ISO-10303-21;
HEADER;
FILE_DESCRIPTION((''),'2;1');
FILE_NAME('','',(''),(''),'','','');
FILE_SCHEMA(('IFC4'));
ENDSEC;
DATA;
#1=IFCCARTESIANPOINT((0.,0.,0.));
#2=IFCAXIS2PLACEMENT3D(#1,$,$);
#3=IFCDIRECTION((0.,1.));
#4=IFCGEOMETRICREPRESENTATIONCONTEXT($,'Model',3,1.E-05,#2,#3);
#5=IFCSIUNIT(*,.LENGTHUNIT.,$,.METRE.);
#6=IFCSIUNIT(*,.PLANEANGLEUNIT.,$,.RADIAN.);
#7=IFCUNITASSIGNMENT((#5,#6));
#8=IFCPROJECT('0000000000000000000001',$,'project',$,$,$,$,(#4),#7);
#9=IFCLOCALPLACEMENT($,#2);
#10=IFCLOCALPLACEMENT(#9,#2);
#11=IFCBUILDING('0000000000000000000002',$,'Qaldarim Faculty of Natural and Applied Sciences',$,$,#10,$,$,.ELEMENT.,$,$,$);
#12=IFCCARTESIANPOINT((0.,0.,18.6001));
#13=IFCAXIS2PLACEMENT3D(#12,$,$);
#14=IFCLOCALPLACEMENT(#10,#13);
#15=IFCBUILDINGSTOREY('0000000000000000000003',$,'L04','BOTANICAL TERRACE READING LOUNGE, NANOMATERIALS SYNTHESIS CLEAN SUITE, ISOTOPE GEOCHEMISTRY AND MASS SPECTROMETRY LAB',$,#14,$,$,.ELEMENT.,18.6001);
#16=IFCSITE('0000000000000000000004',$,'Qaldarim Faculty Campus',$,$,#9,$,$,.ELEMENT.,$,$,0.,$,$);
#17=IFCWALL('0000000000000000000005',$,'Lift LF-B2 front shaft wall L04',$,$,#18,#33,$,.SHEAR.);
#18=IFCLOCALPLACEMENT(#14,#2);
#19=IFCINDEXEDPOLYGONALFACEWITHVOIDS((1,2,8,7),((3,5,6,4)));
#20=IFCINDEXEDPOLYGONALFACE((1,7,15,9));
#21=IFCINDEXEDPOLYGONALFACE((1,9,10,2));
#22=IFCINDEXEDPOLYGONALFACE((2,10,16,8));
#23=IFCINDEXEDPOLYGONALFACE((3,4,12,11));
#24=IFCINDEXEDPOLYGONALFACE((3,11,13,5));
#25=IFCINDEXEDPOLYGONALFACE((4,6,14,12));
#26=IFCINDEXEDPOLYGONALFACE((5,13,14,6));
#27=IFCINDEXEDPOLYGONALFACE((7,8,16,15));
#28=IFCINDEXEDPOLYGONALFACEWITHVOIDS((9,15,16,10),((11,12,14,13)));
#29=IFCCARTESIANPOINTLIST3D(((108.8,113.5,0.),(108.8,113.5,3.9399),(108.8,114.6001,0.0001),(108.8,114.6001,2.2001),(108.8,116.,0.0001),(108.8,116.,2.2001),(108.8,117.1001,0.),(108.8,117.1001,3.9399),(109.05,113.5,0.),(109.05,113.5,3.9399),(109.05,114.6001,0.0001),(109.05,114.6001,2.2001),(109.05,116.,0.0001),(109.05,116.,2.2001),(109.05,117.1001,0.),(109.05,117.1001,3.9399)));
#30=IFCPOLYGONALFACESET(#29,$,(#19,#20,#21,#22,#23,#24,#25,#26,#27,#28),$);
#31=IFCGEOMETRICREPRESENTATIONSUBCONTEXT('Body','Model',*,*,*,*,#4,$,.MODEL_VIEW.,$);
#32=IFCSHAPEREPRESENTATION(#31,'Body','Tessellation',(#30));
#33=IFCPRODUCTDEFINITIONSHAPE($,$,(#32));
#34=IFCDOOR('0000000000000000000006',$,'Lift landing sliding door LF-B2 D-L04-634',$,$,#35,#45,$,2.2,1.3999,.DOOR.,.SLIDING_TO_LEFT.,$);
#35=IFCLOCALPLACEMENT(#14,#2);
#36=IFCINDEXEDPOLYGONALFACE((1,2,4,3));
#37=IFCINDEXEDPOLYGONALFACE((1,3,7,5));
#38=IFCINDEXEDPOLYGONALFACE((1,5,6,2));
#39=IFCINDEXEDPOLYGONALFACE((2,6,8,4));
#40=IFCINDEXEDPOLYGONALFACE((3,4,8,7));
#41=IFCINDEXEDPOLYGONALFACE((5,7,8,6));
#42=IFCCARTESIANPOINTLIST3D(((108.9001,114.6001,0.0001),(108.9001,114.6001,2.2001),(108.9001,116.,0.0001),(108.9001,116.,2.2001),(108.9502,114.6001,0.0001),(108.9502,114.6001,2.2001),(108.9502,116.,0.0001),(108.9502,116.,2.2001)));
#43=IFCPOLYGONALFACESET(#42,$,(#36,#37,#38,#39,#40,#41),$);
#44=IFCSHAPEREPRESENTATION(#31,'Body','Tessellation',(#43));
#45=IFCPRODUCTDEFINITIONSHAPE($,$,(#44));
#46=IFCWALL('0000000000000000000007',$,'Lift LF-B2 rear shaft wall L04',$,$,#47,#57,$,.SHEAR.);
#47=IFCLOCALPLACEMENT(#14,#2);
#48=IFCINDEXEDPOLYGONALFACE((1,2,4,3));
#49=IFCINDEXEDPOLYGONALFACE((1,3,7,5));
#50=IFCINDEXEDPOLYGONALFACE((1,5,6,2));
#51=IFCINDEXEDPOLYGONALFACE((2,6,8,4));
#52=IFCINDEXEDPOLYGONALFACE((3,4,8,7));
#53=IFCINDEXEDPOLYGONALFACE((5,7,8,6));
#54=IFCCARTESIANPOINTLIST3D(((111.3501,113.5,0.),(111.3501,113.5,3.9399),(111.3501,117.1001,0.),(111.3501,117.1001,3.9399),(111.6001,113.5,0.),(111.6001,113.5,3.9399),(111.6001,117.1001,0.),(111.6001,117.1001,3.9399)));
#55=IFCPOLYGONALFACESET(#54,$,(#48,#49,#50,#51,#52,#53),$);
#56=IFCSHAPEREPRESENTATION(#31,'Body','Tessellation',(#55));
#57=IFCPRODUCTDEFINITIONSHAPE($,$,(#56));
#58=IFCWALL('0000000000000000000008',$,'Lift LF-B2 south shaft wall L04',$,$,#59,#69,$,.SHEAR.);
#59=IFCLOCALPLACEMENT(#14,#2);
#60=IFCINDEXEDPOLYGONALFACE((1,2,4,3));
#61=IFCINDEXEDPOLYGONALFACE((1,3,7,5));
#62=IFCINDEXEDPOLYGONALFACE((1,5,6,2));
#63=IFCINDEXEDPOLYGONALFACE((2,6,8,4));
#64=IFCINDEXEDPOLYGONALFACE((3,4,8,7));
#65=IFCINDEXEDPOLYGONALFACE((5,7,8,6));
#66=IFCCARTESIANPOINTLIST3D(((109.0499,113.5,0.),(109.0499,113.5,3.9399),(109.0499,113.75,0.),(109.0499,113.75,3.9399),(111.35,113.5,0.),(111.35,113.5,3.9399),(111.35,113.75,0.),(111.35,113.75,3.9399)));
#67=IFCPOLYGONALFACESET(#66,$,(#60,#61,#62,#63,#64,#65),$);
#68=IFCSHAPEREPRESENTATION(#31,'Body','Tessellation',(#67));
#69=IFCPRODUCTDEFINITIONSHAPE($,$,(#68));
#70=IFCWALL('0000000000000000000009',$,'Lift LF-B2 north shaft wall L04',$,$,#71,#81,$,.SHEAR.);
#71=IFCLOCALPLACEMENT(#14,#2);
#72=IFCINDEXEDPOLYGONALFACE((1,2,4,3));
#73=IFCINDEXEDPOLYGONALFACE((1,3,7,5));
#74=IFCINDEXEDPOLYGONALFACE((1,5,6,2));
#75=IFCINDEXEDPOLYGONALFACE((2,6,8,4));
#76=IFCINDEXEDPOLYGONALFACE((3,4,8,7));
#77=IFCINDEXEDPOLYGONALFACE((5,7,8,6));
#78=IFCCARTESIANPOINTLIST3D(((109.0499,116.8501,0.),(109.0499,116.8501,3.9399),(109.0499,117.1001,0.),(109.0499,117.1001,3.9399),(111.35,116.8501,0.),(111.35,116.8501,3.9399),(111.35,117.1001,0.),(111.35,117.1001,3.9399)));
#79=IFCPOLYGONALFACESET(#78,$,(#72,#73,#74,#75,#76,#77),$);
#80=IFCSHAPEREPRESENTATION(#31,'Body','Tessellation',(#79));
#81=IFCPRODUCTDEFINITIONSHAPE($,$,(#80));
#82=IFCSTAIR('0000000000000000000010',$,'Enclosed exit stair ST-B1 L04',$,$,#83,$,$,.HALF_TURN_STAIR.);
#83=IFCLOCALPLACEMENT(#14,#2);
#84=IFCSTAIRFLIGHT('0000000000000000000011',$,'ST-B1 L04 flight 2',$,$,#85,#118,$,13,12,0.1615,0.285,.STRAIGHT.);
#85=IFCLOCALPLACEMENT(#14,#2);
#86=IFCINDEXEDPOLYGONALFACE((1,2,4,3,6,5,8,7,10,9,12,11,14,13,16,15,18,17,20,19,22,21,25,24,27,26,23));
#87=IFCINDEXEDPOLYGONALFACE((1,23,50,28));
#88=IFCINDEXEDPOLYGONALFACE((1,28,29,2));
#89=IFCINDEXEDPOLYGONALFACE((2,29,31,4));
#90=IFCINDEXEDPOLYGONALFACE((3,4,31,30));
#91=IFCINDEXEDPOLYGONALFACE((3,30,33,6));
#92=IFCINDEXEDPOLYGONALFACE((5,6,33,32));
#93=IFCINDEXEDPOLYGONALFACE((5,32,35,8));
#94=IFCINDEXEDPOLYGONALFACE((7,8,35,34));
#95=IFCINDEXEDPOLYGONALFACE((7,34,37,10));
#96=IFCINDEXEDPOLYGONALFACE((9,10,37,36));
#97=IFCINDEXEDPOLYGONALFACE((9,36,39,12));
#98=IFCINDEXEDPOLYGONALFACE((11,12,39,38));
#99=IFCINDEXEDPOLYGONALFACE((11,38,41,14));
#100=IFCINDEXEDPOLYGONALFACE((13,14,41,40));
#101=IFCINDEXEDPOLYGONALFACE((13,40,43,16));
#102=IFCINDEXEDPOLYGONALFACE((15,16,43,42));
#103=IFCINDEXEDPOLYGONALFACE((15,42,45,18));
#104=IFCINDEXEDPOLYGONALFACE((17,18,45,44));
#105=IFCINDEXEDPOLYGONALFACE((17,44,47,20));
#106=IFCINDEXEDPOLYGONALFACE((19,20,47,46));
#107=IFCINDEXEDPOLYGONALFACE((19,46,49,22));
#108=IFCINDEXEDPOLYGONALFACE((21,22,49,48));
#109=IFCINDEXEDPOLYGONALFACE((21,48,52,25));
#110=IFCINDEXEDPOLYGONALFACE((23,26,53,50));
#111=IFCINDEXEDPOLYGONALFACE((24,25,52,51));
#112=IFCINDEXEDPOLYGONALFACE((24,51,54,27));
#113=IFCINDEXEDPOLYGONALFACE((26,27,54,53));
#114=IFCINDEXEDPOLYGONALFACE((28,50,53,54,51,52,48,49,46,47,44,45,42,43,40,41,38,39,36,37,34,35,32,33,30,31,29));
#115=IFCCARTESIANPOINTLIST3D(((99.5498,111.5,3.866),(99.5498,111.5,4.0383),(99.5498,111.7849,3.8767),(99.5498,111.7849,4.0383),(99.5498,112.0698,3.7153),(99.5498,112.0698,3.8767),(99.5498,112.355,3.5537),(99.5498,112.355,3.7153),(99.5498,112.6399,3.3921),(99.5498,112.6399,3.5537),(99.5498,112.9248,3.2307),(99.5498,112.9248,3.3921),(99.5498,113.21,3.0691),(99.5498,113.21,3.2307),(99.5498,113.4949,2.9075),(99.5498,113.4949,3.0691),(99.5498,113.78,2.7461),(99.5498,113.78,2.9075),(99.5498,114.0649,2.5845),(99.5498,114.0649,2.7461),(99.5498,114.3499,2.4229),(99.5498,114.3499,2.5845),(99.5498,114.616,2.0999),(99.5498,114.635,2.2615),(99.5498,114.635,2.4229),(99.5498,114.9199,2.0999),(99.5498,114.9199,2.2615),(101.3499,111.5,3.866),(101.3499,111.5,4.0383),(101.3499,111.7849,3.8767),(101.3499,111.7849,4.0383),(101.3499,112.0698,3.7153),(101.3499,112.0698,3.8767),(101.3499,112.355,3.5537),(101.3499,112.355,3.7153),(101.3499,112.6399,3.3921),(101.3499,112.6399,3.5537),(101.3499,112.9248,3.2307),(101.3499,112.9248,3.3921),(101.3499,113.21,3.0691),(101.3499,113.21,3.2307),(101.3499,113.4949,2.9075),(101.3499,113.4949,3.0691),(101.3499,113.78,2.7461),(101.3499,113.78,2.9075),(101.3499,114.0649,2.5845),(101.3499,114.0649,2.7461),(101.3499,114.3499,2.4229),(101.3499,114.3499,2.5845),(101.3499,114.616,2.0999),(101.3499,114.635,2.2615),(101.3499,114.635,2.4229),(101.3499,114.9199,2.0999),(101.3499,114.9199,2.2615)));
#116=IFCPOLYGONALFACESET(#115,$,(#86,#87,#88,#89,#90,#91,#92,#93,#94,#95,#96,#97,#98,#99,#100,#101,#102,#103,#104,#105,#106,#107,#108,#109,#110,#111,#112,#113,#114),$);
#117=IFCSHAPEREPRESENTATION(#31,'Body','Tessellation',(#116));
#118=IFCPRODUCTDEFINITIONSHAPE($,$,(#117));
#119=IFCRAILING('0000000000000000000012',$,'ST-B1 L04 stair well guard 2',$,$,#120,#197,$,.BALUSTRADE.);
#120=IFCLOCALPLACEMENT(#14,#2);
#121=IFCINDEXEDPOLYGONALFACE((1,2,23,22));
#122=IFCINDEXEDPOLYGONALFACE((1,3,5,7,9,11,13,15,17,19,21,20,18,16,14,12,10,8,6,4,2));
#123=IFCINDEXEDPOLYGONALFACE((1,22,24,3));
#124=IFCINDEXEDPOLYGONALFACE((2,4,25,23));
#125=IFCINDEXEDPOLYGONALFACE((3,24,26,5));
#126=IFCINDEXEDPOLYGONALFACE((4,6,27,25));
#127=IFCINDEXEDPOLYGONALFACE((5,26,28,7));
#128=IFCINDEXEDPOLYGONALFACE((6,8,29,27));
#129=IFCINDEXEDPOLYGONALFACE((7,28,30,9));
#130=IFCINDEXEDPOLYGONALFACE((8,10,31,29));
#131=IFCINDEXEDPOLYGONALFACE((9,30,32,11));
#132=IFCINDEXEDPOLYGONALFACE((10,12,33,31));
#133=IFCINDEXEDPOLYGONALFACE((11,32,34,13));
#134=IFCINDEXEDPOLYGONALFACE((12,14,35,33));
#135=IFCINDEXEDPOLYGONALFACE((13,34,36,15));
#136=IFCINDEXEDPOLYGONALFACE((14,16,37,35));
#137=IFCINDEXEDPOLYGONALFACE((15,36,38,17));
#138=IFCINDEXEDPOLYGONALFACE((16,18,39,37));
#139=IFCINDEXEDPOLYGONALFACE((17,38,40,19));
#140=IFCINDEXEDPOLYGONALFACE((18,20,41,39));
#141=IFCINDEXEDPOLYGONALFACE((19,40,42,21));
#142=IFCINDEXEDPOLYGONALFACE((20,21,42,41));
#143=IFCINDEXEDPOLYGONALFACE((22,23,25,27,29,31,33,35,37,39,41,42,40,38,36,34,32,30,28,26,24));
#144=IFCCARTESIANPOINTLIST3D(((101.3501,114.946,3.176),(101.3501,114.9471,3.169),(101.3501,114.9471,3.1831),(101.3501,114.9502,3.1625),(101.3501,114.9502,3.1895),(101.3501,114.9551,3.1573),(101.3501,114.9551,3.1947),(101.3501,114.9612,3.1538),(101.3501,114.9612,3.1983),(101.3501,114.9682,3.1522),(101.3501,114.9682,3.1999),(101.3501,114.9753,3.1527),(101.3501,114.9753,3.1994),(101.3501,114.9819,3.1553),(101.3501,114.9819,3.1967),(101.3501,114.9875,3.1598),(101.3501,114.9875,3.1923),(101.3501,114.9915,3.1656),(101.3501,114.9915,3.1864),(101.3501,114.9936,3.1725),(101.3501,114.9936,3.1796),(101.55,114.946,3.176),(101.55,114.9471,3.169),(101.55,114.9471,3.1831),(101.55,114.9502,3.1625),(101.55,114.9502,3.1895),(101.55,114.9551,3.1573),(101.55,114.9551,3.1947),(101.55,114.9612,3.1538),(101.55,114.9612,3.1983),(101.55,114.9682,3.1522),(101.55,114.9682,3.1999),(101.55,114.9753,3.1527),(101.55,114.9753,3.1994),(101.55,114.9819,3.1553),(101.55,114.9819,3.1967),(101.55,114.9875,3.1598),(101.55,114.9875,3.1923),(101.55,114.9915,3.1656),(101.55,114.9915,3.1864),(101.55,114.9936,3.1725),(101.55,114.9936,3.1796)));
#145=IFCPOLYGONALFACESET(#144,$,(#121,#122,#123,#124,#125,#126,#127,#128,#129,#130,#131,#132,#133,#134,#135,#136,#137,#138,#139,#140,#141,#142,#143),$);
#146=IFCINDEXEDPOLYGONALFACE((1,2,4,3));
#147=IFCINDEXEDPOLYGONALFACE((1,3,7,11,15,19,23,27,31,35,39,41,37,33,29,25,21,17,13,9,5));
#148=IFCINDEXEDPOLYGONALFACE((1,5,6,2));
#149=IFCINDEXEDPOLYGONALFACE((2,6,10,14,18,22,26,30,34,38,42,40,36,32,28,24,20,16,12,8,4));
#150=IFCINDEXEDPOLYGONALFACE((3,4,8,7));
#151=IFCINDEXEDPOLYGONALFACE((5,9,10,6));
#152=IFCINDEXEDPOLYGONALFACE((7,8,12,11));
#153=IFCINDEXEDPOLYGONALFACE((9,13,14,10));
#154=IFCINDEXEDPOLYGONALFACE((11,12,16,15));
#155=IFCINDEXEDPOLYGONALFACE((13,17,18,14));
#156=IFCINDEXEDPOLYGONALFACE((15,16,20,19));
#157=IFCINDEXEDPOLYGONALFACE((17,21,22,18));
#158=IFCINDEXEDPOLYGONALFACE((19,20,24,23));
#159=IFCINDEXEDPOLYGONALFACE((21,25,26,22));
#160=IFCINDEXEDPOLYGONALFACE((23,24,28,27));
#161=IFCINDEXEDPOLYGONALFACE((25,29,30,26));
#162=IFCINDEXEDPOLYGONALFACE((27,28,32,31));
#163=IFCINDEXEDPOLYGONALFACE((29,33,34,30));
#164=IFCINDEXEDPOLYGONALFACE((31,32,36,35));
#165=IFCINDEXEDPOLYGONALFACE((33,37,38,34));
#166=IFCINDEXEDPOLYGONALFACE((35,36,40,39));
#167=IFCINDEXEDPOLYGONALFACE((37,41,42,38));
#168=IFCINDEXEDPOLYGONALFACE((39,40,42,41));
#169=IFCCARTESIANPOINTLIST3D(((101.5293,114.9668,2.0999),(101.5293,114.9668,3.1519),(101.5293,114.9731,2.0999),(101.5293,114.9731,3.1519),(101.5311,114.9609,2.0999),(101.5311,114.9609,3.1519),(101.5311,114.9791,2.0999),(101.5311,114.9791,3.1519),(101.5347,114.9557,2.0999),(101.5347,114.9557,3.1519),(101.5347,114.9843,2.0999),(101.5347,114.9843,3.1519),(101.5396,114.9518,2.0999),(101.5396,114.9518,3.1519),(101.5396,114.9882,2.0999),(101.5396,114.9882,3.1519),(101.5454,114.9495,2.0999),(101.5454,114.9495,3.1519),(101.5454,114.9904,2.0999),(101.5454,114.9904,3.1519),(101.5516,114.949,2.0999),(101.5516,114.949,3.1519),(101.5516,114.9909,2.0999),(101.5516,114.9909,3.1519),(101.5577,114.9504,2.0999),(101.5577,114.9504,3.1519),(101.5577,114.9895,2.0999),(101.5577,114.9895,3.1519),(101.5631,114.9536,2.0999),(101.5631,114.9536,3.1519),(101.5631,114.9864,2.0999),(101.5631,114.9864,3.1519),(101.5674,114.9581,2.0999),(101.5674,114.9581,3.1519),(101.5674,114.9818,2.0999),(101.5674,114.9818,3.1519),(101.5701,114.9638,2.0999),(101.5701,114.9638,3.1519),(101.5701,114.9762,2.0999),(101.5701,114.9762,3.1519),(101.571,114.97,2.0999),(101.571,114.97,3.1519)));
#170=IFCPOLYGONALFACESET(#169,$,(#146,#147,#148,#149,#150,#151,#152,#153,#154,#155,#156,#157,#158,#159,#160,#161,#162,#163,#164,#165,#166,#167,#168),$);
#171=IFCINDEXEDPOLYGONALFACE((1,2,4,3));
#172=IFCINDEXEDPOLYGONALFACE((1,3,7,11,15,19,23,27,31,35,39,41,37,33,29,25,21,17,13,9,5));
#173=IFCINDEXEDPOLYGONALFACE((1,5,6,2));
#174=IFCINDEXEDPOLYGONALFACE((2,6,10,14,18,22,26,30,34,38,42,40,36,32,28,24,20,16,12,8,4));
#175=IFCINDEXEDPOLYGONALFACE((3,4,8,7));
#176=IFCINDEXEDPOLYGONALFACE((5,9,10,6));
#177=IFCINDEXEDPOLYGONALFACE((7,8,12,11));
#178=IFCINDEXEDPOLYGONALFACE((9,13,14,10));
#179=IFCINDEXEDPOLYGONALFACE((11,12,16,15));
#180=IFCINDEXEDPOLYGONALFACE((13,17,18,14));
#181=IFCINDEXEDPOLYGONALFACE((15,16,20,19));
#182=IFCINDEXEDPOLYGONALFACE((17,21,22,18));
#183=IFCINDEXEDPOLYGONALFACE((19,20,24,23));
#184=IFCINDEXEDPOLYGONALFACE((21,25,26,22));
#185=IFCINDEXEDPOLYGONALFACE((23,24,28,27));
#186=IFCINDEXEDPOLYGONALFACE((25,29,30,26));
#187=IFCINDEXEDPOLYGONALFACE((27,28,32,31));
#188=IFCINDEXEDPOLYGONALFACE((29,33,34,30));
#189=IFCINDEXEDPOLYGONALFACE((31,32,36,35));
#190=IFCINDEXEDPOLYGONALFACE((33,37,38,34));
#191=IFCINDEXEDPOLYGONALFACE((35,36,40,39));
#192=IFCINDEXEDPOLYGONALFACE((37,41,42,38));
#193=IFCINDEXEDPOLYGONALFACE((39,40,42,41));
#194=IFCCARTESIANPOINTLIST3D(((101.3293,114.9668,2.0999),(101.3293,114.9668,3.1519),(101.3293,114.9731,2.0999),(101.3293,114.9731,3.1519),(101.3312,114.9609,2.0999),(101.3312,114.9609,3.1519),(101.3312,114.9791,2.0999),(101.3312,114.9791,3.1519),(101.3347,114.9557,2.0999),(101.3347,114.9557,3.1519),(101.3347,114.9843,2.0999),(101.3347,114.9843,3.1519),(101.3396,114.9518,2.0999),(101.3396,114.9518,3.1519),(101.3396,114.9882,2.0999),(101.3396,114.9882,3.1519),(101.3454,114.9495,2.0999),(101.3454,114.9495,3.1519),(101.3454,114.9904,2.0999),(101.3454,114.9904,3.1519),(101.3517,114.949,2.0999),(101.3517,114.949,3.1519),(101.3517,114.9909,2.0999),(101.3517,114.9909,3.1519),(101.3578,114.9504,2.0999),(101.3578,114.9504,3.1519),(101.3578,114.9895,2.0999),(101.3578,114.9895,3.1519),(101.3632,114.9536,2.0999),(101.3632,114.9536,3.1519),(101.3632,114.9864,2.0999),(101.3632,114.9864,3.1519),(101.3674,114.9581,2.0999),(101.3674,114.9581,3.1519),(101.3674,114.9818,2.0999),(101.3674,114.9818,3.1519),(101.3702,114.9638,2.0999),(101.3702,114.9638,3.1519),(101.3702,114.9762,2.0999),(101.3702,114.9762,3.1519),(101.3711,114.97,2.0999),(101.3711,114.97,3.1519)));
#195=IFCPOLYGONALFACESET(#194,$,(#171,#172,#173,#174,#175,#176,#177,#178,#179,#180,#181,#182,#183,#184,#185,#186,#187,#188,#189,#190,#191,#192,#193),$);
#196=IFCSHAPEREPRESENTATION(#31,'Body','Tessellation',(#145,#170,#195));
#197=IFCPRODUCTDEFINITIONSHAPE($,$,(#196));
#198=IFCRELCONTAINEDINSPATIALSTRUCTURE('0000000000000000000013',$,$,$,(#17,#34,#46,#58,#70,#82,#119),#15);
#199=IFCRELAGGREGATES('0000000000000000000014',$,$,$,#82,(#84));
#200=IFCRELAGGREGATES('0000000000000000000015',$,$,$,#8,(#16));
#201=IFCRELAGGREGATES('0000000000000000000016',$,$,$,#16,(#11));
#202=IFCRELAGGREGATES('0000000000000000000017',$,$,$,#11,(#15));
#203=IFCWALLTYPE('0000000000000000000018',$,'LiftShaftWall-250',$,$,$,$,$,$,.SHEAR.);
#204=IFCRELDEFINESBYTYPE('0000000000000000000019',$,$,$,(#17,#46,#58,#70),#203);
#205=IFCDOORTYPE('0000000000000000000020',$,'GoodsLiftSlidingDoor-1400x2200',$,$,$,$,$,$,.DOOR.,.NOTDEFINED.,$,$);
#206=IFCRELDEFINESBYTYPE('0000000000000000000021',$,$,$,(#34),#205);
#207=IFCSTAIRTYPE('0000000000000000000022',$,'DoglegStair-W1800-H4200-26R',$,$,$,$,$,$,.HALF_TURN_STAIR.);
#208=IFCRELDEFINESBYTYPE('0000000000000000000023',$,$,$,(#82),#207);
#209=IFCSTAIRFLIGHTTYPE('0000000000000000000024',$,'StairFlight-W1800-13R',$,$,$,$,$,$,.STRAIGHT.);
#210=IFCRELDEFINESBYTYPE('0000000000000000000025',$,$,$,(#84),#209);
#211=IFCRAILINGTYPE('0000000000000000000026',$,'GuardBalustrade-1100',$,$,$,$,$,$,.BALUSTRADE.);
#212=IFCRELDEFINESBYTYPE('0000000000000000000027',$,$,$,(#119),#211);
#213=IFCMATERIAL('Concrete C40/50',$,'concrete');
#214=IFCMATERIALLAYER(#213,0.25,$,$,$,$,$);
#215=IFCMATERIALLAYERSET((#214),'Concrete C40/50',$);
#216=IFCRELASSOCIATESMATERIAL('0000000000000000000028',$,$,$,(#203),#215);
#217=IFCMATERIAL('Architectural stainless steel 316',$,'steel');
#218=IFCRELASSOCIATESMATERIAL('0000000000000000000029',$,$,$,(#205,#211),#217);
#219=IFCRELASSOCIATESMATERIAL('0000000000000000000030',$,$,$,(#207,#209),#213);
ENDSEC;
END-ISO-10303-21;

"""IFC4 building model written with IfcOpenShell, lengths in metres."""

from ifc_helpers import new_model, si_unit, direction, frame, frame_2d, origin, origin_2d, place, context, subcontext, project, spatial, polyline, rectangle, circle, outline, extrude, material, layer, layer_set, type_object, element, fill, aggregate, save


model = new_model("IFC4")

# Units and contexts
model_context = context("Model", 3, precision=1e-05, world=origin(), true_north=direction((0.0, 1.0)))
body_context = subcontext(model_context, "Body", "Model", "MODEL_VIEW")
ifc_project = project(units=[si_unit("LENGTHUNIT", "METRE"), si_unit("PLANEANGLEUNIT", "RADIAN")], contexts=[model_context])

# Site, building, storey
site_placement = place(None, origin())
site = spatial("IfcSite", under=ifc_project, at=site_placement, Name="Qaldarim Faculty Campus", CompositionType="ELEMENT", RefElevation=0.0)
building_placement = place(site_placement, origin())
building = spatial("IfcBuilding", under=site, at=building_placement, Name="Qaldarim Faculty of Natural and Applied Sciences", CompositionType="ELEMENT")
storey_placement = place(building_placement, frame((0.0, 0.0, 18.6001)))
storey = spatial("IfcBuildingStorey", under=building, at=storey_placement, Name="L04", Description="BOTANICAL TERRACE READING LOUNGE, NANOMATERIALS SYNTHESIS CLEAN SUITE, ISOTOPE GEOCHEMISTRY AND MASS SPECTROMETRY LAB", CompositionType="ELEMENT", Elevation=18.6001)

# Wall, opening, door
ifc_material_1 = material(Name="Concrete C40/50", Category="concrete")
ifc_layer_1 = layer(ifc_material_1, 0.25)
ifc_layer_set_1 = layer_set([ifc_layer_1], Name="Concrete C40/50")
wall_type_1 = type_object("IfcWallType", Name="LiftShaftWall-250", PredefinedType="SHEAR", material=ifc_layer_set_1)
wall_1_placement = place(storey_placement, frame((108.925, 113.5, 0.0), z_axis=(0.0, 0.0, 1.0), x_axis=(0.0, 1.0, 0.0)))
wall_1 = element("IfcWall", 1, at=wall_1_placement, inside=storey, type_object=wall_type_1, Name="Lift LF-B2 front shaft wall L04", PredefinedType="SHEAR", context=body_context, shape_type="SweptSolid", body=[
    extrude(rectangle(XDim=3.6001, YDim=0.25, at=frame_2d((1.8, 0.0))), origin(), (0.0, 0.0, 1.0), 3.9399),
])
opening_1_placement = place(wall_1_placement, frame((1.1001, 0.0, 0.0)))
opening_1 = element("IfcOpeningElement", 2, at=opening_1_placement, cuts=wall_1, PredefinedType="OPENING", context=body_context, shape_type="SweptSolid", body=[
    extrude(rectangle(XDim=1.3999, YDim=2.2, at=frame_2d((0.7, 1.1001))), frame((0.0, 0.135, 0.0), z_axis=(0.0, -1.0, 0.0), x_axis=(1.0, 0.0, 0.0)), (0.0, 0.0, 1.0), 0.27),
])
ifc_material_2 = material(Name="Architectural stainless steel 316", Category="steel")
door_type = type_object("IfcDoorType", Name="GoodsLiftSlidingDoor-1400x2200", OperationType="NOTDEFINED", PredefinedType="DOOR", material=ifc_material_2)
door_placement = place(opening_1_placement, origin())
door = element("IfcDoor", 3, at=door_placement, inside=storey, type_object=door_type, Name="Lift landing sliding door LF-B2 D-L04-634", OperationType="SLIDING_TO_LEFT", OverallHeight=2.2, OverallWidth=1.3999, PredefinedType="DOOR", context=body_context, shape_type="SweptSolid", body=[
    extrude(rectangle(XDim=1.3999, YDim=2.2, at=frame_2d((0.7, 1.1001))), frame((0.0, 0.0249, 0.0), z_axis=(0.0, -1.0, 0.0), x_axis=(1.0, 0.0, 0.0)), (0.0, 0.0, 1.0), 0.05),
])
fill(opening_1, door)

# Walls
wall_2_placement = place(storey_placement, frame((111.4751, 113.5, 0.0), z_axis=(0.0, 0.0, 1.0), x_axis=(0.0, 1.0, 0.0)))
element("IfcWall", 4, at=wall_2_placement, inside=storey, type_object=wall_type_1, Name="Lift LF-B2 rear shaft wall L04", PredefinedType="SHEAR", context=body_context, shape_type="SweptSolid", body=[
    extrude(rectangle(XDim=3.6001, YDim=0.25, at=frame_2d((1.8, 0.0))), origin(), (0.0, 0.0, 1.0), 3.9399),
])
for number, where, z_axis, x_axis, name in (
    (5, (109.05, 113.625, 0.0), (0.0, 0.0, 1.0), (1.0, 0.0, 0.0), "Lift LF-B2 south shaft wall L04"),
    (6, (109.05, 116.9751, 0.0), (0.0, 0.0, 1.0), (1.0, 0.0, 0.0), "Lift LF-B2 north shaft wall L04"),
):
    element("IfcWall", number, at=place(storey_placement, frame(where, z_axis=z_axis, x_axis=x_axis)), inside=storey, type_object=wall_type_1, Name=name, PredefinedType="SHEAR", context=body_context, shape_type="SweptSolid", body=[
        extrude(rectangle(XDim=2.3, YDim=0.25, at=frame_2d((1.1499, 0.0))), origin(), (0.0, 0.0, 1.0), 3.9399),
    ])

# Stair, stair flight
stair_type = type_object("IfcStairType", Name="DoglegStair-W1800-H4200-26R", PredefinedType="HALF_TURN_STAIR", material=ifc_material_1)
stair_placement = place(storey_placement, origin())
stair = element("IfcStair", 7, at=stair_placement, inside=storey, type_object=stair_type, Name="Enclosed exit stair ST-B1 L04", PredefinedType="HALF_TURN_STAIR")
stair_flight_type = type_object("IfcStairFlightType", Name="StairFlight-W1800-13R", PredefinedType="STRAIGHT", material=ifc_material_1)
stair_flight_placement = place(storey_placement, frame((100.45, 114.9199, 2.0999), z_axis=(0.0, 0.0, 1.0), x_axis=(0.0, -1.0, 0.0)))
stair_flight = element("IfcStairFlight", 8, at=stair_flight_placement, type_object=stair_flight_type, Name="ST-B1 L04 flight 2", NumberOfRisers=13, NumberOfTreads=12, PredefinedType="STRAIGHT", RiserHeight=0.1615, TreadLength=0.285, context=body_context, shape_type="SweptSolid", body=[
    extrude(outline(polyline([(0.0, 0.0), (0.0, 0.1616), (0.2849, 0.1616), (0.2849, 0.323), (0.5701, 0.323), (0.5701, 0.4846), (0.855, 0.4846), (0.855, 0.6462), (1.1399, 0.6462), (1.1399, 0.8076), (1.425, 0.8076), (1.425, 0.9692), (1.71, 0.9692), (1.71, 1.1309), (1.9951, 1.1309), (1.9951, 1.2922), (2.28, 1.2922), (2.28, 1.4539), (2.5649, 1.4539), (2.5649, 1.6155), (2.8501, 1.6155), (2.8501, 1.7769), (3.135, 1.7769), (3.135, 1.9385), (3.4199, 1.9385), (3.4199, 2.1001), (3.4199, 1.7661), (0.304, 0.0), (0.0, 0.0)])), frame((0.0, 0.8999, 0.0), z_axis=(0.0, -1.0, 0.0), x_axis=(1.0, 0.0, 0.0)), (0.0, 0.0, 1.0), 1.8),
])
aggregate(stair, [stair_flight])

# Railing
railing_type_1 = type_object("IfcRailingType", Name="GuardBalustrade-1100", PredefinedType="BALUSTRADE", material=ifc_material_2)
railing_1_placement = place(storey_placement, frame((101.55, 114.97, 2.0999)))
element("IfcRailing", 9, at=railing_1_placement, inside=storey, type_object=railing_type_1, Name="ST-B1 L04 stair well guard 2", PredefinedType="BALUSTRADE", context=body_context, shape_type="SweptSolid", body=[
    extrude(circle(Radius=0.0239, at=origin_2d()), frame((0.0, 0.0, 1.0762), z_axis=(-1.0, 0.0, 0.0), x_axis=(0.0, -1.0, 0.0)), (0.0, 0.0, 1.0), 0.2),
    extrude(circle(Radius=0.021, at=origin_2d()), origin(), (0.0, 0.0, 1.0), 1.052),
    extrude(circle(Radius=0.021, at=origin_2d()), frame((-0.2, 0.0, 0.0)), (0.0, 0.0, 1.0), 1.052),
])

save(model, "model.ifc")
